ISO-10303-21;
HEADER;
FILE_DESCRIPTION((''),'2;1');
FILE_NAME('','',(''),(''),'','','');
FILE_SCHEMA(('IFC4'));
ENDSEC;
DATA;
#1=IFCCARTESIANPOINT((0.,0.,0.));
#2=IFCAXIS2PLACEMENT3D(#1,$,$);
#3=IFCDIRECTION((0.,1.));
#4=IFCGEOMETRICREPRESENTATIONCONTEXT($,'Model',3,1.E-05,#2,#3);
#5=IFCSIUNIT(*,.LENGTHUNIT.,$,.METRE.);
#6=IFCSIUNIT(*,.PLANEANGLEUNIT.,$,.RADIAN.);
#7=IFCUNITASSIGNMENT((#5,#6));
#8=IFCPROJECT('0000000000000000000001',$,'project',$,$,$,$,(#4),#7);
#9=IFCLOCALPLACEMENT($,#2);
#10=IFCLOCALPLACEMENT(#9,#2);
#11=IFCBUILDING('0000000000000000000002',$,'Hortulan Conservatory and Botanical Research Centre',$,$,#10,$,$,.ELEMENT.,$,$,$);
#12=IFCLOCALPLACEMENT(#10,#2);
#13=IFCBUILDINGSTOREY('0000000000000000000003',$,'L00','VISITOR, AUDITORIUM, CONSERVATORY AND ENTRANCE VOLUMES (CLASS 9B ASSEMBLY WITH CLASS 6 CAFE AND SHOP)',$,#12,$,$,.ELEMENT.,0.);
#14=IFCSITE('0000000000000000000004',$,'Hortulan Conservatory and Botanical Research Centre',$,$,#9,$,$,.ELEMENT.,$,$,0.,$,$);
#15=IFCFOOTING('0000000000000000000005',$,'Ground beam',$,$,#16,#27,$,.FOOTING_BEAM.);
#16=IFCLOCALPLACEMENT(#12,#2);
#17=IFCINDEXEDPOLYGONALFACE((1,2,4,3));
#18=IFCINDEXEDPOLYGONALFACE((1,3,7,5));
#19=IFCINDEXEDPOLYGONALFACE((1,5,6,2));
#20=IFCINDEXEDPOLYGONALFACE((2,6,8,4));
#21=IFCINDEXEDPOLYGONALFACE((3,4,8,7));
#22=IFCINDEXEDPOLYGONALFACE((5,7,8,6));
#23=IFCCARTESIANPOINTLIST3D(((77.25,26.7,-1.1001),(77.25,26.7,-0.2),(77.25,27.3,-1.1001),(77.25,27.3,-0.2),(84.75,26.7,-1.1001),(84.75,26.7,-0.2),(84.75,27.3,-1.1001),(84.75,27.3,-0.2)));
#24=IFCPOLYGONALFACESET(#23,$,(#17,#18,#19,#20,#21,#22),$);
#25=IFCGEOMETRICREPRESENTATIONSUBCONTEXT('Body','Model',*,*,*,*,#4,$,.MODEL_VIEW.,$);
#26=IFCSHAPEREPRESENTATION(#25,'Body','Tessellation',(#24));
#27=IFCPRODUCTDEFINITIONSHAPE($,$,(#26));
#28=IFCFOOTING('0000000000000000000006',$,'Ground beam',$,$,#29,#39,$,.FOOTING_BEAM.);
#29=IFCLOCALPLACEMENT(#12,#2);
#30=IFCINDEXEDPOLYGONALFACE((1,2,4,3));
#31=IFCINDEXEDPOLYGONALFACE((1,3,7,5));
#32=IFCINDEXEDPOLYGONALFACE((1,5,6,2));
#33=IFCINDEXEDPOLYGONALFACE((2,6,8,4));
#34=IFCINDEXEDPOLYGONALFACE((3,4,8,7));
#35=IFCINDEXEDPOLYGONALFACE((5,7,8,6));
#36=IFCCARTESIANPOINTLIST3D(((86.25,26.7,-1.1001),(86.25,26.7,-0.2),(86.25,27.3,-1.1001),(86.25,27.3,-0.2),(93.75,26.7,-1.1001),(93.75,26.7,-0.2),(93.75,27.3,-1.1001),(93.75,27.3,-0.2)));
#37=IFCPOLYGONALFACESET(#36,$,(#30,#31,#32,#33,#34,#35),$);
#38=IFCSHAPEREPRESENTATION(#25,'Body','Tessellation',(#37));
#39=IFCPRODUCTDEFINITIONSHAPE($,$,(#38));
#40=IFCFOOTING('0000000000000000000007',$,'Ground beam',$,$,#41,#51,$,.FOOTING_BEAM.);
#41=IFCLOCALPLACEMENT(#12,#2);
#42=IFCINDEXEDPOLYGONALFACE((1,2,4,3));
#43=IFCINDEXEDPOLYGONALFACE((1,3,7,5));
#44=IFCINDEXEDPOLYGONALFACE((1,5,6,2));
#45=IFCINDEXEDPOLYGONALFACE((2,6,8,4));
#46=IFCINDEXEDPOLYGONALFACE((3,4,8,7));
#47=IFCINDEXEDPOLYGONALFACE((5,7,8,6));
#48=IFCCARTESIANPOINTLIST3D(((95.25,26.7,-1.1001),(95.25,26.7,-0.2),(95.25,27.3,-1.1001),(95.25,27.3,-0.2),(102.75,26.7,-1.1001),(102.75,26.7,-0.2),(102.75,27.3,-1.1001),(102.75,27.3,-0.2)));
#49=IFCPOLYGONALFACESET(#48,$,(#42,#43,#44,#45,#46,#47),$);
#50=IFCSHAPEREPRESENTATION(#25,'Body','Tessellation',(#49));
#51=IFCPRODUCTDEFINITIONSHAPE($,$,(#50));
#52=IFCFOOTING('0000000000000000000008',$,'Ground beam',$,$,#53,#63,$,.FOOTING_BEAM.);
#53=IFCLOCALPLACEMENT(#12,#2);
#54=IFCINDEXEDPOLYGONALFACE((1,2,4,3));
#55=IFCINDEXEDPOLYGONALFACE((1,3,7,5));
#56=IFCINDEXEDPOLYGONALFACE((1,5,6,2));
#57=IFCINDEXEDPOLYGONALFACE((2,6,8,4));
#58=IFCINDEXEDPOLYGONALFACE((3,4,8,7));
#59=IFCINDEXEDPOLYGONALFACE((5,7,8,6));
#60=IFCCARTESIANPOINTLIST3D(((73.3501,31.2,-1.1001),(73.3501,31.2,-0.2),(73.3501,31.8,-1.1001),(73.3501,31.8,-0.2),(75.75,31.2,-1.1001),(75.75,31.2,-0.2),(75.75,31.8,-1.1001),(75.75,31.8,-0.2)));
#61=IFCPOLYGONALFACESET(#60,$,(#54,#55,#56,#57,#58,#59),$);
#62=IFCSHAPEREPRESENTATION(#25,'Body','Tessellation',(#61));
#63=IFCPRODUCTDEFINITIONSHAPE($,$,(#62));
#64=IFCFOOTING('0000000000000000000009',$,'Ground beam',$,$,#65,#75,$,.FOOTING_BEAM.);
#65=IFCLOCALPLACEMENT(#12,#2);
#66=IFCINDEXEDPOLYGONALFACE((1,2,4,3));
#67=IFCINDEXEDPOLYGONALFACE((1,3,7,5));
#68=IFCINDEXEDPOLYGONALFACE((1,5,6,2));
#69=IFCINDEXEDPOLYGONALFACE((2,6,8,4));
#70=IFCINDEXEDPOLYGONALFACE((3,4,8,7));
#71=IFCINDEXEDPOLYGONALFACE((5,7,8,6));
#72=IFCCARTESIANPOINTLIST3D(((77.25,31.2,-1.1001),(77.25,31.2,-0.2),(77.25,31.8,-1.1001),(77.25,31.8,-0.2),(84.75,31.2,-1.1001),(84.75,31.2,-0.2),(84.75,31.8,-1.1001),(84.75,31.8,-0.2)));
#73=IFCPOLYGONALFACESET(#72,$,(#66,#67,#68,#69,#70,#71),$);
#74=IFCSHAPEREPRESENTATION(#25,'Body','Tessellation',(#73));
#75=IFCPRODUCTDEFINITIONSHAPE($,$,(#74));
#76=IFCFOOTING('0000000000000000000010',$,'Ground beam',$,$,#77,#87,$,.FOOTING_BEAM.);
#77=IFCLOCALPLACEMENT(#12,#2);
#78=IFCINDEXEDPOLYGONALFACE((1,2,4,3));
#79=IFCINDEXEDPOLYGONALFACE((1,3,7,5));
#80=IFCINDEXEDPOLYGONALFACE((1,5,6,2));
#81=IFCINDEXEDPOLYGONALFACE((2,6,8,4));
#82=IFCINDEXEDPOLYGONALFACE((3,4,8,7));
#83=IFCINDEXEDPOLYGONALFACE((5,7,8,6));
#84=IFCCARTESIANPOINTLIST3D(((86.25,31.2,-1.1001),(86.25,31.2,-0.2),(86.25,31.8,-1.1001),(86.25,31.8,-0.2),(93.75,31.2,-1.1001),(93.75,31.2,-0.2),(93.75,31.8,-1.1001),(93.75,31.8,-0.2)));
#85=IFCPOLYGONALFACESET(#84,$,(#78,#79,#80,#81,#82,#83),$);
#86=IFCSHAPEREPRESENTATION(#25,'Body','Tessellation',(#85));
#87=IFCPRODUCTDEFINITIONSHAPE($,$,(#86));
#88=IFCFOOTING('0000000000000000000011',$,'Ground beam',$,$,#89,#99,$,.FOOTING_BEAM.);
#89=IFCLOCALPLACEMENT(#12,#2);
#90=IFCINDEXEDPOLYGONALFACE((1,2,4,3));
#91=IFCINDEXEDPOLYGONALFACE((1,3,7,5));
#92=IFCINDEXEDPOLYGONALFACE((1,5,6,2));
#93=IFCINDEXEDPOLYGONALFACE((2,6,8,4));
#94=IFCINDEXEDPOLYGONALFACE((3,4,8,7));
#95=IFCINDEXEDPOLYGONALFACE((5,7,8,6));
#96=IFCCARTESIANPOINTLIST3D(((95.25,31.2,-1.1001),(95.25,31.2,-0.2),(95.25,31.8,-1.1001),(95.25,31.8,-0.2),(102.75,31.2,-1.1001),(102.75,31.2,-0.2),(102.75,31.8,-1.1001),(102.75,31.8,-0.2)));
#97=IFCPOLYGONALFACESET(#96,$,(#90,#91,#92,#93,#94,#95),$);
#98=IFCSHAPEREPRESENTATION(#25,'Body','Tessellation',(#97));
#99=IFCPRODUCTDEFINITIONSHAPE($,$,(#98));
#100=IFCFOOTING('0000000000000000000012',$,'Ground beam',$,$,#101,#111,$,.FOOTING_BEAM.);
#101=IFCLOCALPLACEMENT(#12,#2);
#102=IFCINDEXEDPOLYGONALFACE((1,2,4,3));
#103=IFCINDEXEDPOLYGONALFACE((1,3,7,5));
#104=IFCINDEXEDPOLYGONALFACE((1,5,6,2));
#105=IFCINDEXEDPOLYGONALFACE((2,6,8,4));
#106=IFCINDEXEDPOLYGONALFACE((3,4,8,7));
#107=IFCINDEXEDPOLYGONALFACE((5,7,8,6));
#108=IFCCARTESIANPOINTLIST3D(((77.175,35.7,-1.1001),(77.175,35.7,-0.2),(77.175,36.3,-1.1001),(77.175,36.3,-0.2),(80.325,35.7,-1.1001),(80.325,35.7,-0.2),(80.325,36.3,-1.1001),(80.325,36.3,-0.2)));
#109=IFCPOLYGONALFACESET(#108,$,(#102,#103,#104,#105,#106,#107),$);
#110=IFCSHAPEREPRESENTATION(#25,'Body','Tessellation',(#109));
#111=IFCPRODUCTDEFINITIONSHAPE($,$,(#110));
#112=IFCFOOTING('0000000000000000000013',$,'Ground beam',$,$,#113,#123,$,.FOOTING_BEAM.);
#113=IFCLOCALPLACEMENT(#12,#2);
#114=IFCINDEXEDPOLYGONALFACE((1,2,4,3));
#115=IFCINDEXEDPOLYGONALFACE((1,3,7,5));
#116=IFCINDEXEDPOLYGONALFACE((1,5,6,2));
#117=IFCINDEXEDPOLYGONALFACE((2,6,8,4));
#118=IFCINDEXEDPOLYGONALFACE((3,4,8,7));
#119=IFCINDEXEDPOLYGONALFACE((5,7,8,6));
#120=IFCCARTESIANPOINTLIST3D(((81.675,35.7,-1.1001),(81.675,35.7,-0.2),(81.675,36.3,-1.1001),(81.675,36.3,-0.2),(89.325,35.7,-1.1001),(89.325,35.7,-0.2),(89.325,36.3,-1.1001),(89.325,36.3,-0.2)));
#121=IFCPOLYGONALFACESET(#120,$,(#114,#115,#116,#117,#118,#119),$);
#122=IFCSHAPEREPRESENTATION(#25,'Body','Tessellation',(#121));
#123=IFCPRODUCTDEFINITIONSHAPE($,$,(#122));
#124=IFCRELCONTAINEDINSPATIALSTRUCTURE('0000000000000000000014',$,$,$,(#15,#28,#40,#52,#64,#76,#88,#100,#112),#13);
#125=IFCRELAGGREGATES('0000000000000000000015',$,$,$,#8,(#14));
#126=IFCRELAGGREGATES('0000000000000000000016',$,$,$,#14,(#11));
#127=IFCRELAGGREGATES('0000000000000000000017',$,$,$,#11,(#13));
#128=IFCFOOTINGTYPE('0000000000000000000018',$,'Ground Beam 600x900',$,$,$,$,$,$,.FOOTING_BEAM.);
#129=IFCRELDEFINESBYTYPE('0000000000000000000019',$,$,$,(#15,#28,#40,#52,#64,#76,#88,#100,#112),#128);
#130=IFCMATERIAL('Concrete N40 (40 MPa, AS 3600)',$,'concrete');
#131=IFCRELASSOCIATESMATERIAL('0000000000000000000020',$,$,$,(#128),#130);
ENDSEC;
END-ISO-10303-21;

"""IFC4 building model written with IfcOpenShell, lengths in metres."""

from ifc_helpers import new_model, si_unit, direction, frame, origin, place, context, subcontext, project, spatial, polyline, outline, extrude, material, type_object, element, save


model = new_model("IFC4")

# Units and contexts
model_context = context("Model", 3, precision=1e-05, world=origin(), true_north=direction((0.0, 1.0)))
body_context = subcontext(model_context, "Body", "Model", "MODEL_VIEW")
ifc_project = project(units=[si_unit("LENGTHUNIT", "METRE"), si_unit("PLANEANGLEUNIT", "RADIAN")], contexts=[model_context])

# Site, building, storey
site_placement = place(None, origin())
site = spatial("IfcSite", under=ifc_project, at=site_placement, Name="Hortulan Conservatory and Botanical Research Centre", CompositionType="ELEMENT", RefElevation=0.0)
building_placement = place(site_placement, origin())
building = spatial("IfcBuilding", under=site, at=building_placement, Name="Hortulan Conservatory and Botanical Research Centre", CompositionType="ELEMENT")
storey_placement = place(building_placement, origin())
storey = spatial("IfcBuildingStorey", under=building, at=storey_placement, Name="L00", Description="VISITOR, AUDITORIUM, CONSERVATORY AND ENTRANCE VOLUMES (CLASS 9B ASSEMBLY WITH CLASS 6 CAFE AND SHOP)", CompositionType="ELEMENT", Elevation=0.0)

# Footings
ifc_material = material(Name="Concrete N40 (40 MPa, AS 3600)", Category="concrete")
footing_type = type_object("IfcFootingType", Name="Ground Beam 600x900", PredefinedType="FOOTING_BEAM", material=ifc_material)
footing_1_placement = place(storey_placement, frame((0.0, 0.0, -1.1001)))
element("IfcFooting", 1, at=footing_1_placement, inside=storey, type_object=footing_type, Name="Ground beam", PredefinedType="FOOTING_BEAM", context=body_context, shape_type="SweptSolid", body=[
    extrude(outline(polyline([(84.75, 26.7), (84.75, 27.3), (77.25, 27.3), (77.25, 26.7), (84.75, 26.7)])), origin(), (0.0, 0.0, 1.0), 0.9001),
])
footing_2_placement = place(storey_placement, frame((0.0, 0.0, -1.1001)))
element("IfcFooting", 2, at=footing_2_placement, inside=storey, type_object=footing_type, Name="Ground beam", PredefinedType="FOOTING_BEAM", context=body_context, shape_type="SweptSolid", body=[
    extrude(outline(polyline([(93.75, 26.7), (93.75, 27.3), (86.25, 27.3), (86.25, 26.7), (93.75, 26.7)])), origin(), (0.0, 0.0, 1.0), 0.9001),
])
footing_3_placement = place(storey_placement, frame((0.0, 0.0, -1.1001)))
element("IfcFooting", 3, at=footing_3_placement, inside=storey, type_object=footing_type, Name="Ground beam", PredefinedType="FOOTING_BEAM", context=body_context, shape_type="SweptSolid", body=[
    extrude(outline(polyline([(102.75, 26.7), (102.75, 27.3), (95.25, 27.3), (95.25, 26.7), (102.75, 26.7)])), origin(), (0.0, 0.0, 1.0), 0.9001),
])
footing_4_placement = place(storey_placement, frame((0.0, 0.0, -1.1001)))
element("IfcFooting", 4, at=footing_4_placement, inside=storey, type_object=footing_type, Name="Ground beam", PredefinedType="FOOTING_BEAM", context=body_context, shape_type="SweptSolid", body=[
    extrude(outline(polyline([(75.75, 31.2), (75.75, 31.8), (73.3501, 31.8), (73.3501, 31.2), (75.75, 31.2)])), origin(), (0.0, 0.0, 1.0), 0.9001),
])
footing_5_placement = place(storey_placement, frame((0.0, 0.0, -1.1001)))
element("IfcFooting", 5, at=footing_5_placement, inside=storey, type_object=footing_type, Name="Ground beam", PredefinedType="FOOTING_BEAM", context=body_context, shape_type="SweptSolid", body=[
    extrude(outline(polyline([(84.75, 31.2), (84.75, 31.8), (77.25, 31.8), (77.25, 31.2), (84.75, 31.2)])), origin(), (0.0, 0.0, 1.0), 0.9001),
])
footing_6_placement = place(storey_placement, frame((0.0, 0.0, -1.1001)))
element("IfcFooting", 6, at=footing_6_placement, inside=storey, type_object=footing_type, Name="Ground beam", PredefinedType="FOOTING_BEAM", context=body_context, shape_type="SweptSolid", body=[
    extrude(outline(polyline([(93.75, 31.2), (93.75, 31.8), (86.25, 31.8), (86.25, 31.2), (93.75, 31.2)])), origin(), (0.0, 0.0, 1.0), 0.9001),
])
footing_7_placement = place(storey_placement, frame((0.0, 0.0, -1.1001)))
element("IfcFooting", 7, at=footing_7_placement, inside=storey, type_object=footing_type, Name="Ground beam", PredefinedType="FOOTING_BEAM", context=body_context, shape_type="SweptSolid", body=[
    extrude(outline(polyline([(102.75, 31.2), (102.75, 31.8), (95.25, 31.8), (95.25, 31.2), (102.75, 31.2)])), origin(), (0.0, 0.0, 1.0), 0.9001),
])
footing_8_placement = place(storey_placement, frame((0.0, 0.0, -1.1001)))
element("IfcFooting", 8, at=footing_8_placement, inside=storey, type_object=footing_type, Name="Ground beam", PredefinedType="FOOTING_BEAM", context=body_context, shape_type="SweptSolid", body=[
    extrude(outline(polyline([(80.325, 35.7), (80.325, 36.3), (77.175, 36.3), (77.175, 35.7), (80.325, 35.7)])), origin(), (0.0, 0.0, 1.0), 0.9001),
])
footing_9_placement = place(storey_placement, frame((0.0, 0.0, -1.1001)))
element("IfcFooting", 9, at=footing_9_placement, inside=storey, type_object=footing_type, Name="Ground beam", PredefinedType="FOOTING_BEAM", context=body_context, shape_type="SweptSolid", body=[
    extrude(outline(polyline([(89.325, 35.7), (89.325, 36.3), (81.675, 36.3), (81.675, 35.7), (89.325, 35.7)])), origin(), (0.0, 0.0, 1.0), 0.9001),
])

save(model, "model.ifc")
